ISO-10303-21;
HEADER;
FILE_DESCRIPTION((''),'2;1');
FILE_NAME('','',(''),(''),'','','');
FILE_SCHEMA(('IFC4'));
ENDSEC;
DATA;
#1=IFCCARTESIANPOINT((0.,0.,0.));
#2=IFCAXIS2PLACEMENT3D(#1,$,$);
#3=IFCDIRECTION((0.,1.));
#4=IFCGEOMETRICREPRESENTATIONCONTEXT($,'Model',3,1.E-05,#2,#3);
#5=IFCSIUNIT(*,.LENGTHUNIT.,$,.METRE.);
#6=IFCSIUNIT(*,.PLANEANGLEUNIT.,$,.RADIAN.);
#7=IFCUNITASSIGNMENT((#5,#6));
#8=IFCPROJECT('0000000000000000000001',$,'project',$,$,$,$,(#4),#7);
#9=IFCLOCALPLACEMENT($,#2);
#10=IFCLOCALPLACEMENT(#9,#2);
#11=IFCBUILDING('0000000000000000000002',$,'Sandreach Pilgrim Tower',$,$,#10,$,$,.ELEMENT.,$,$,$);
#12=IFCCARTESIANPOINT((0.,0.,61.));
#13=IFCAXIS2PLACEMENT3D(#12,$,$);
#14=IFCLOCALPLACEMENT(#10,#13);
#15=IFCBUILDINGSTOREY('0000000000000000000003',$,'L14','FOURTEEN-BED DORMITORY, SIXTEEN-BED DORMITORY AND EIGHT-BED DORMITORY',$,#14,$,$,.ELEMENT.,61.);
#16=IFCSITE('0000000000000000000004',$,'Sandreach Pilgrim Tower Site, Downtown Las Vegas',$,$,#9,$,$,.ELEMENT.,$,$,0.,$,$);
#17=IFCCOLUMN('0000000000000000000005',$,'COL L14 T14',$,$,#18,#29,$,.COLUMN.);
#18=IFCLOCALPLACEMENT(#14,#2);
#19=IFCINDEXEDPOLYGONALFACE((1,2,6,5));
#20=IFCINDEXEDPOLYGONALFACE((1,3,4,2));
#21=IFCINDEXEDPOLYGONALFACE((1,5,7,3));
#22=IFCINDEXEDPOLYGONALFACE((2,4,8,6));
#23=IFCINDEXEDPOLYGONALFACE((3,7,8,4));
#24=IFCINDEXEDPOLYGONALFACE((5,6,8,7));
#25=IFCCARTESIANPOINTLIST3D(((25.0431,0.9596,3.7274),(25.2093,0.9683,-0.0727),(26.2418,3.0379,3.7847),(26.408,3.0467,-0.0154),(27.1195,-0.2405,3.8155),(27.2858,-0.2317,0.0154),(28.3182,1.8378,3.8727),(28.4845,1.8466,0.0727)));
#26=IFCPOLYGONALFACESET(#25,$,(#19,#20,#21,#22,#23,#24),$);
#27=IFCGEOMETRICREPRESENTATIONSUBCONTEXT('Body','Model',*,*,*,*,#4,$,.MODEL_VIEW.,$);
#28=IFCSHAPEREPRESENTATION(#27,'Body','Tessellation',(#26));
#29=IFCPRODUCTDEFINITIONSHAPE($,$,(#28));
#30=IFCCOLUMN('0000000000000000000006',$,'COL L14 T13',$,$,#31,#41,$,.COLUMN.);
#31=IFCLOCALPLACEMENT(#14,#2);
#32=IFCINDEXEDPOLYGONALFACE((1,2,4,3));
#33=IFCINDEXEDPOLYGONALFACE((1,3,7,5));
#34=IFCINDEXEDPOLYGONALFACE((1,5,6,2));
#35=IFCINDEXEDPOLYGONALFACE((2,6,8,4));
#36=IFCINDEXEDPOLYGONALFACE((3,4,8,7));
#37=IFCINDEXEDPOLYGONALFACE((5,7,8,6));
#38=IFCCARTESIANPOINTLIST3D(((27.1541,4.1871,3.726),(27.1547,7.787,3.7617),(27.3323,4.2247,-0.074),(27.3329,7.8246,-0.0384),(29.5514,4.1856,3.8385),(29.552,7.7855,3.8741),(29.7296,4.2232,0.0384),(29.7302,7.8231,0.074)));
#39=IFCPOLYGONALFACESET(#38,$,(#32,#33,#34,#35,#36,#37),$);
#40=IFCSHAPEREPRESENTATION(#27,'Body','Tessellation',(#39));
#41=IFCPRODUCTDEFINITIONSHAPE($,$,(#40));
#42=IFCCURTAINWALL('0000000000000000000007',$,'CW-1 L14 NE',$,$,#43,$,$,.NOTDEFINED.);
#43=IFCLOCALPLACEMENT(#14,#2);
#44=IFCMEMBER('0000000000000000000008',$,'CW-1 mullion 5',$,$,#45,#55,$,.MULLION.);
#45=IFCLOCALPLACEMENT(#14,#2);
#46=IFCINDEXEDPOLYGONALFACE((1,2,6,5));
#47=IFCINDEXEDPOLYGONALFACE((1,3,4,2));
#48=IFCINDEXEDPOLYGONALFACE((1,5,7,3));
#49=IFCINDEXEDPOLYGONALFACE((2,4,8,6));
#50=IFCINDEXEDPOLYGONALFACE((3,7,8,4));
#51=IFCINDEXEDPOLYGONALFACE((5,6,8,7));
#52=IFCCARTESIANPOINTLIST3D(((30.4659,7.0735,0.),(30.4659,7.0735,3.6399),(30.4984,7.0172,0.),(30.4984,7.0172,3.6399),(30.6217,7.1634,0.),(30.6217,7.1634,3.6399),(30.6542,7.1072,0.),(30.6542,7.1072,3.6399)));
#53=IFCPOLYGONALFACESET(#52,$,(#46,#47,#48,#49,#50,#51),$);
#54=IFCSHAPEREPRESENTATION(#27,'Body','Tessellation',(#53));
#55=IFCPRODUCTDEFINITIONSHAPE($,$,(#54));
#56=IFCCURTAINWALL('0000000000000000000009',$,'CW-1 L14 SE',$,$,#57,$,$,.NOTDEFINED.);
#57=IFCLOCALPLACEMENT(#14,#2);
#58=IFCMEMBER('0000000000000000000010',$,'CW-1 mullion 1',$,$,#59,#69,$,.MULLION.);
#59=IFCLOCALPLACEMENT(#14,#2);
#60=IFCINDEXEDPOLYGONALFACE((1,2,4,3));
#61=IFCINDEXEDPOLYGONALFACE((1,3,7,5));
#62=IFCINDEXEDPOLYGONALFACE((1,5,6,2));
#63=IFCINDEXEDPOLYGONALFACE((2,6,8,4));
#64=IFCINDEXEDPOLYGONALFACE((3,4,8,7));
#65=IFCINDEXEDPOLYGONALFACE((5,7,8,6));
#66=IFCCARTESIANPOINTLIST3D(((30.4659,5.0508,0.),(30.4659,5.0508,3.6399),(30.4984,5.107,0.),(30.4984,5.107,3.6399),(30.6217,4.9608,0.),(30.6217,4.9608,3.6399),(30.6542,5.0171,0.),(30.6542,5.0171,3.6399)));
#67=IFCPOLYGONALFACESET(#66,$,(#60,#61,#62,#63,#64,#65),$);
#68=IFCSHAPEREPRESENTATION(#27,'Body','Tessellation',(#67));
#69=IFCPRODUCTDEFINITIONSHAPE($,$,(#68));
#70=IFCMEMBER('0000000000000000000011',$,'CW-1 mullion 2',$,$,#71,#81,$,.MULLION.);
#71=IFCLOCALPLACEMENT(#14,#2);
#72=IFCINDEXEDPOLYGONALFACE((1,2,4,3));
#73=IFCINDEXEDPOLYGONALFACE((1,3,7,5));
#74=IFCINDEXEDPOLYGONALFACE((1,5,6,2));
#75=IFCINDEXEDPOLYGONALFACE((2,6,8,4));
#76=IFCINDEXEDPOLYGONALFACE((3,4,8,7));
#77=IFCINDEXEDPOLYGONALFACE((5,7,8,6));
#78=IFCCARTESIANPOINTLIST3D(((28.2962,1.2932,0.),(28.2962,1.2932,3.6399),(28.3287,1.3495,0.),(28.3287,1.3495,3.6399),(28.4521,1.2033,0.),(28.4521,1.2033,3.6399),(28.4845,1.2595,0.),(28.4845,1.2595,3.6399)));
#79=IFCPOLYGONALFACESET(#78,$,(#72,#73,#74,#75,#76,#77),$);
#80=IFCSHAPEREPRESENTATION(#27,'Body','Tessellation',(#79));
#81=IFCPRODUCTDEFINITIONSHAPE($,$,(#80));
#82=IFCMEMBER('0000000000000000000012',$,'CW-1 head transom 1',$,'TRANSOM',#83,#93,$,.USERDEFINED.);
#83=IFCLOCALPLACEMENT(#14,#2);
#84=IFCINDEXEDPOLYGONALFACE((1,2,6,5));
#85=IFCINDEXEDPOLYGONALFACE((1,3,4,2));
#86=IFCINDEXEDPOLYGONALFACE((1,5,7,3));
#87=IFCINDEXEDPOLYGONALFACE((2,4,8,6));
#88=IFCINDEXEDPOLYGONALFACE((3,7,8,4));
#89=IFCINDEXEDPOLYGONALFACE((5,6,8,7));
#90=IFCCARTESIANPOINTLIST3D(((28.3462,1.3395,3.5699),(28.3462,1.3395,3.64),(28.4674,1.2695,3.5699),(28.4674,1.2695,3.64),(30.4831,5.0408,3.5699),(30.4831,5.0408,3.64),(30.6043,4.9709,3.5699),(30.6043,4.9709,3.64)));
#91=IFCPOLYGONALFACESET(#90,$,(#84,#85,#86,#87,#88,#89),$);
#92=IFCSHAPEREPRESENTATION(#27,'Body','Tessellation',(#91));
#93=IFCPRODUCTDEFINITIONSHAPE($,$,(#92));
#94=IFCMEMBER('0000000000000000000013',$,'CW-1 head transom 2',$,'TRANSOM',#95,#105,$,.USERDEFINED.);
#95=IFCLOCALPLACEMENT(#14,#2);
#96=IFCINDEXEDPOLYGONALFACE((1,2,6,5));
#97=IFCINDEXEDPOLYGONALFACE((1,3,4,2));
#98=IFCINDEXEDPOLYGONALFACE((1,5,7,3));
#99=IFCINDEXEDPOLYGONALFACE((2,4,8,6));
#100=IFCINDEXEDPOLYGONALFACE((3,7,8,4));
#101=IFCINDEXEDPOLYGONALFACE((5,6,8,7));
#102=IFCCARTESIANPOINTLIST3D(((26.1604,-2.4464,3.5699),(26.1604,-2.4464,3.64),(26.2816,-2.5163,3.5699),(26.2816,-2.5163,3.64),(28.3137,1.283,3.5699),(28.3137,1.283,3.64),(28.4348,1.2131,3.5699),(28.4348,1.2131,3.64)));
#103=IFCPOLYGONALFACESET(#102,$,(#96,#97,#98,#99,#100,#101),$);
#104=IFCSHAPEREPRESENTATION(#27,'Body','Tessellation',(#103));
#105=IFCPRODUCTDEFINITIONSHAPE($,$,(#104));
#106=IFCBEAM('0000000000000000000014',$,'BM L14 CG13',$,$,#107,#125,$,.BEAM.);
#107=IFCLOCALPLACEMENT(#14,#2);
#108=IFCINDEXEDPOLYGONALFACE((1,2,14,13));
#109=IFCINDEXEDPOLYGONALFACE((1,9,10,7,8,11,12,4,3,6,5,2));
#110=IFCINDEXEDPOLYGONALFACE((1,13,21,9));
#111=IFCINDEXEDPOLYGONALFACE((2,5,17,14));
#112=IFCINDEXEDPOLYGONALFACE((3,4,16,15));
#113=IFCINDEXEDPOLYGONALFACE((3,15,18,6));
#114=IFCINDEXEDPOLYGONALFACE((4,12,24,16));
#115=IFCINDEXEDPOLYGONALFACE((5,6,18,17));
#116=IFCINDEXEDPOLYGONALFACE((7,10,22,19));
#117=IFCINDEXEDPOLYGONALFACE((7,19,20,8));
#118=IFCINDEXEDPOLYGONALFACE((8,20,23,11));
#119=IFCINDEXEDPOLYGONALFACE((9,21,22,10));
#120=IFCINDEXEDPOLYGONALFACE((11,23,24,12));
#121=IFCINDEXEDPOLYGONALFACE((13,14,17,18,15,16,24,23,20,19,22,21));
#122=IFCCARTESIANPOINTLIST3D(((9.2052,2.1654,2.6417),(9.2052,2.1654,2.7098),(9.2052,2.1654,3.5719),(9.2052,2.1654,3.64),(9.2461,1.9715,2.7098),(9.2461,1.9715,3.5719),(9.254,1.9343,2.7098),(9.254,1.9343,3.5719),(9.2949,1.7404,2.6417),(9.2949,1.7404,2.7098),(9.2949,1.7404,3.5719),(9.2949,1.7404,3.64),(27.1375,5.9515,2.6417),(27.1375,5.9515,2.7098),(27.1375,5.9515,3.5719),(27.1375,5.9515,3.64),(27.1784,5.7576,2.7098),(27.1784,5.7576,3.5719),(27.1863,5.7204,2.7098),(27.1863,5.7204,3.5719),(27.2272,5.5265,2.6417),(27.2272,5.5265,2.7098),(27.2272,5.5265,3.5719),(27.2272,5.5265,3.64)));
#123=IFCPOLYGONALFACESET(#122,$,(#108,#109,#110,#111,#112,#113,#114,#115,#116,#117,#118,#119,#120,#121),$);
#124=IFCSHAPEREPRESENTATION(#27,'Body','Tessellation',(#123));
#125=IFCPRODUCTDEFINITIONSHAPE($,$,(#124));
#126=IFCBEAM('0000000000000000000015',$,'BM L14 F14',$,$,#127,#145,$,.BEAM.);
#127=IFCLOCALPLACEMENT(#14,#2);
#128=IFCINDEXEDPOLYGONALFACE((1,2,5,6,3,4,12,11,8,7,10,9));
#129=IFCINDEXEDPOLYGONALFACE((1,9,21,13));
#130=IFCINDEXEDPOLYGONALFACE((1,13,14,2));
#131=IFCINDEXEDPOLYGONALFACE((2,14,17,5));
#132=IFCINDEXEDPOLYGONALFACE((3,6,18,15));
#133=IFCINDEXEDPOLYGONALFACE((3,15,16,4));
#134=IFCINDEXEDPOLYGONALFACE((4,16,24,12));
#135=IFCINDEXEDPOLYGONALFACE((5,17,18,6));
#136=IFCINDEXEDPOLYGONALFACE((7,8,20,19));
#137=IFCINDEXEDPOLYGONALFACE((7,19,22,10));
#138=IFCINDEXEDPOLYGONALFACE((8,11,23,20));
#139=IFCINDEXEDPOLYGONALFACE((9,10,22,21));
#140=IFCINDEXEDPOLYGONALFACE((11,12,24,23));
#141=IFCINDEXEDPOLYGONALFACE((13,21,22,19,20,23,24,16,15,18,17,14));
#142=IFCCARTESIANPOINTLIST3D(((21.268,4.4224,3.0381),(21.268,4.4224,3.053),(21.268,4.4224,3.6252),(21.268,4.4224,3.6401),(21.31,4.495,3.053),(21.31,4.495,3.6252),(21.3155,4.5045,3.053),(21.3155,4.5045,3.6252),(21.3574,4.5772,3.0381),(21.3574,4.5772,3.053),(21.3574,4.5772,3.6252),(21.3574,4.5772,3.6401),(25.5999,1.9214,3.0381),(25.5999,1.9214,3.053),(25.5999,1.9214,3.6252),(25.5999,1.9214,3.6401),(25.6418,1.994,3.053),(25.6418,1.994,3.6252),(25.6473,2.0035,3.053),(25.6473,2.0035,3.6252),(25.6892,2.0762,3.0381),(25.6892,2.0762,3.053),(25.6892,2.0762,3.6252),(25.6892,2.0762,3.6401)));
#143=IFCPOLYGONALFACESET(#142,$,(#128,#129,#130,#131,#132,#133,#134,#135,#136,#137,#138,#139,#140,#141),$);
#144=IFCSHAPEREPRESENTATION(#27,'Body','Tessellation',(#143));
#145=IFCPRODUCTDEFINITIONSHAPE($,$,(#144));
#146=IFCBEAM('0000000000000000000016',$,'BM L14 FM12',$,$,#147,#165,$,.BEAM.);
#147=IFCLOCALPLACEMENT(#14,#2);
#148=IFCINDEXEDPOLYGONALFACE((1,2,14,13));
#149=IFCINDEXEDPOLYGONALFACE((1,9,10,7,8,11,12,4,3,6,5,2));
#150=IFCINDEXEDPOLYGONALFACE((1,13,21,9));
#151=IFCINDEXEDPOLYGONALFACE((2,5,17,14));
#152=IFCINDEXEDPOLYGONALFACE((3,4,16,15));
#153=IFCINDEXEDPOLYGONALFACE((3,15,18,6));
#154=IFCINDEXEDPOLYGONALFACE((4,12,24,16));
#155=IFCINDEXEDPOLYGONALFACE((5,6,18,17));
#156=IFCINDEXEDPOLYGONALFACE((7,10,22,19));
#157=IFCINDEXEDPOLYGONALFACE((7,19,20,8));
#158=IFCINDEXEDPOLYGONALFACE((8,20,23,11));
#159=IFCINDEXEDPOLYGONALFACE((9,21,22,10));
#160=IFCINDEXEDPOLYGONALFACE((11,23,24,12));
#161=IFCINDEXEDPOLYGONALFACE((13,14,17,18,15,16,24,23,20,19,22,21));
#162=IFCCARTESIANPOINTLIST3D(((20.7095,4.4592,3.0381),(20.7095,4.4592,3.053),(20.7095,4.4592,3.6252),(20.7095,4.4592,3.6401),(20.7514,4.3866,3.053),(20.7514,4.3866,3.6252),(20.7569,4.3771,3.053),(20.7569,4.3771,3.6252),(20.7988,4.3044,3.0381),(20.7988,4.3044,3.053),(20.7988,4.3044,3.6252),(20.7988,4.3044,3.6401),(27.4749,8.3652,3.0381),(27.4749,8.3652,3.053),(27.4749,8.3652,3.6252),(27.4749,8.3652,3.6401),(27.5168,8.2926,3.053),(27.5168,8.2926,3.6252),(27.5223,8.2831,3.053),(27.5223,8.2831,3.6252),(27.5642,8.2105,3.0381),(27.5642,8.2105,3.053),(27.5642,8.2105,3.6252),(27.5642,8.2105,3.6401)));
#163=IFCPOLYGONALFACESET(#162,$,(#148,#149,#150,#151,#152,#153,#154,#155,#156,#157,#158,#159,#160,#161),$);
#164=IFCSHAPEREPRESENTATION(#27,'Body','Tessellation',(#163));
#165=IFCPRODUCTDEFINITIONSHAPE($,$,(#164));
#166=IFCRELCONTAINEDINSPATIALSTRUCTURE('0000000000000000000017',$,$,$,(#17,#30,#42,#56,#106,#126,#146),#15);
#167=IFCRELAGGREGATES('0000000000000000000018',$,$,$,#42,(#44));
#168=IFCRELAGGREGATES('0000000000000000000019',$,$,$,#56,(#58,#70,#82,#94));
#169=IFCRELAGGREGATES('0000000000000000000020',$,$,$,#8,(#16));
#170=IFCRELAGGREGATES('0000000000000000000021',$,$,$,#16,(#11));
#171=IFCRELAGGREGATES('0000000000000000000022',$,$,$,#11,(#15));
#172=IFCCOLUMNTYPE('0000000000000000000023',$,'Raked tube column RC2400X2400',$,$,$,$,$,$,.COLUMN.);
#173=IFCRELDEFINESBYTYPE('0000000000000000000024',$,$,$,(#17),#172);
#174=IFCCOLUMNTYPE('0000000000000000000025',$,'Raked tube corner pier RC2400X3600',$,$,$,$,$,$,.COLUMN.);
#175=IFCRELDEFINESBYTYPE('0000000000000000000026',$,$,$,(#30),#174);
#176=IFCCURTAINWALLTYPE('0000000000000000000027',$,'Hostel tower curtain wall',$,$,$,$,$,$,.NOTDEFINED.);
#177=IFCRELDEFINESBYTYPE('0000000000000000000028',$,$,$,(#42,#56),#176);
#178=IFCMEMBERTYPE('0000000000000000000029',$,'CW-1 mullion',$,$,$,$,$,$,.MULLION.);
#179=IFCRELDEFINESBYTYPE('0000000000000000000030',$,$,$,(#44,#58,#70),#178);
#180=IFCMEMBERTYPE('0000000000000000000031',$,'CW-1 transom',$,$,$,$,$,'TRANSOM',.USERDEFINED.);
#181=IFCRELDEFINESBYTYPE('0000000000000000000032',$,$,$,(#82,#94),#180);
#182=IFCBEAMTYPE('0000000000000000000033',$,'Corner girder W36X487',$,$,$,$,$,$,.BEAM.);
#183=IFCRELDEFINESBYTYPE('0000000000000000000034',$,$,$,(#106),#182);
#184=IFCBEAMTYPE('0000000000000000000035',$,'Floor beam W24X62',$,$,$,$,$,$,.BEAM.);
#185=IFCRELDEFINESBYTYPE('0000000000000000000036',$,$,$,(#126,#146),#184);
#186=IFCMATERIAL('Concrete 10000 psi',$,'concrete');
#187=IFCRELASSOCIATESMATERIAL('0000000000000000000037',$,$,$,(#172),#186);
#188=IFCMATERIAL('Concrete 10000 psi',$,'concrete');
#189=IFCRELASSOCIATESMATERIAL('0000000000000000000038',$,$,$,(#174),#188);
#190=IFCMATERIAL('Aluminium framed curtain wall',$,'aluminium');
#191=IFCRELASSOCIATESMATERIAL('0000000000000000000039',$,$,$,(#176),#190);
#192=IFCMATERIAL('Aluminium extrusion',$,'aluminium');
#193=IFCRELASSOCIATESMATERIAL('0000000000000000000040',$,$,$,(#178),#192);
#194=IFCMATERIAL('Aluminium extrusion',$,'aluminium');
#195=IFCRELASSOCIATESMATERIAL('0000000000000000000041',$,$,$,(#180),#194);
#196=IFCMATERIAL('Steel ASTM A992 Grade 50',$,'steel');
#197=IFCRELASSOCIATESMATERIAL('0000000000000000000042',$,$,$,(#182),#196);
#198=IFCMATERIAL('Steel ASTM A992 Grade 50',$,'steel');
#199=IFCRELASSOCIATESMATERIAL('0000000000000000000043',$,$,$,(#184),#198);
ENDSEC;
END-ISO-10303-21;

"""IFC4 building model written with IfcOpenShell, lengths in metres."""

from ifc_helpers import new_model, si_unit, direction, frame, origin, origin_2d, place, context, subcontext, project, spatial, rectangle, i_section, extrude, material, material_profile, profile_set, type_object, element, aggregate, save


model = new_model("IFC4")

# Units and contexts
model_context = context("Model", 3, precision=1e-05, world=origin(), true_north=direction((0.0, 1.0)))
body_context = subcontext(model_context, "Body", "Model", "MODEL_VIEW")
ifc_project = project(units=[si_unit("LENGTHUNIT", "METRE"), si_unit("PLANEANGLEUNIT", "RADIAN")], contexts=[model_context])

# Site, building, storey
site_placement = place(None, origin())
site = spatial("IfcSite", under=ifc_project, at=site_placement, Name="Sandreach Pilgrim Tower Site, Downtown Las Vegas", CompositionType="ELEMENT", RefElevation=0.0)
building_placement = place(site_placement, origin())
building = spatial("IfcBuilding", under=site, at=building_placement, Name="Sandreach Pilgrim Tower", CompositionType="ELEMENT")
storey_placement = place(building_placement, frame((0.0, 0.0, 61.0)))
storey = spatial("IfcBuildingStorey", under=building, at=storey_placement, Name="L14", Description="FOURTEEN-BED DORMITORY, SIXTEEN-BED DORMITORY AND EIGHT-BED DORMITORY", CompositionType="ELEMENT", Elevation=61.0)

# Columns
ifc_material_1 = material(Name="Concrete 10000 psi", Category="concrete")
ifc_material_profile_1 = material_profile(ifc_material_1, rectangle(XDim=2.3999, YDim=2.3999, at=origin_2d()), Name="RC2400X2400")
ifc_profile_set_1 = profile_set([ifc_material_profile_1], Name="Concrete 10000 psi")
column_type_1 = type_object("IfcColumnType", Name="Raked tube column RC2400X2400", PredefinedType="COLUMN", material=ifc_profile_set_1)
column_1_placement = place(storey_placement, frame((26.8469, 1.4075, 0.0), z_axis=(-0.04371, -0.002311, 0.999042), x_axis=(0.865224, -0.500041, 0.036699)))
element("IfcColumn", 1, at=column_1_placement, inside=storey, type_object=column_type_1, Name="COL L14 T14", PredefinedType="COLUMN", context=body_context, shape_type="SweptSolid", body=[
    extrude(rectangle(XDim=2.3999, YDim=2.3999, at=origin_2d()), origin(), (0.0, 0.0, 1.0), 3.8037),
])
ifc_material_2 = material(Name="Concrete 10000 psi", Category="concrete")
ifc_material_profile_2 = material_profile(ifc_material_2, rectangle(XDim=2.3999, YDim=3.6001, at=origin_2d()), Name="RC2400X3600")
ifc_profile_set_2 = profile_set([ifc_material_profile_2], Name="Concrete 10000 psi")
column_type_2 = type_object("IfcColumnType", Name="Raked tube corner pier RC2400X3600", PredefinedType="COLUMN", material=ifc_profile_set_2)
column_2_placement = place(storey_placement, frame((28.5312, 6.0239, 0.0), z_axis=(-0.046846, -0.009883, 0.998853), x_axis=(0.998902, -0.00063, 0.046842)))
element("IfcColumn", 2, at=column_2_placement, inside=storey, type_object=column_type_2, Name="COL L14 T13", PredefinedType="COLUMN", context=body_context, shape_type="SweptSolid", body=[
    extrude(rectangle(XDim=2.3999, YDim=3.6001, at=origin_2d()), origin(), (0.0, 0.0, 1.0), 3.8044),
])

# Curtain wall, member
ifc_material_3 = material(Name="Aluminium framed curtain wall", Category="aluminium")
curtain_wall_type = type_object("IfcCurtainWallType", Name="Hostel tower curtain wall", PredefinedType="NOTDEFINED", material=ifc_material_3)
curtain_wall_1_placement = place(storey_placement, origin())
curtain_wall_1 = element("IfcCurtainWall", 3, at=curtain_wall_1_placement, inside=storey, type_object=curtain_wall_type, Name="CW-1 L14 NE", PredefinedType="NOTDEFINED")
ifc_material_4 = material(Name="Aluminium extrusion", Category="aluminium")
ifc_material_profile_3 = material_profile(ifc_material_4, rectangle(XDim=0.0649, YDim=0.1799, at=origin_2d()), Name="CW-1M 65X180")
ifc_profile_set_3 = profile_set([ifc_material_profile_3], Name="Aluminium extrusion")
member_type_1 = type_object("IfcMemberType", Name="CW-1 mullion", PredefinedType="MULLION", material=ifc_profile_set_3)
member_1_placement = place(storey_placement, frame((30.5601, 7.0903, 0.0), z_axis=(0.0, 0.0, 1.0), x_axis=(0.5, -0.866025, 0.0)))
member_1 = element("IfcMember", 4, at=member_1_placement, type_object=member_type_1, Name="CW-1 mullion 5", PredefinedType="MULLION", context=body_context, shape_type="SweptSolid", body=[
    extrude(rectangle(XDim=0.0649, YDim=0.1799, at=origin_2d()), origin(), (0.0, 0.0, 1.0), 3.6399),
])

# Curtain wall, members
curtain_wall_2_placement = place(storey_placement, origin())
curtain_wall_2 = element("IfcCurtainWall", 5, at=curtain_wall_2_placement, inside=storey, type_object=curtain_wall_type, Name="CW-1 L14 SE", PredefinedType="NOTDEFINED")
member_2_placement = place(storey_placement, frame((30.5601, 5.0339, 0.0), z_axis=(0.0, 0.0, 1.0), x_axis=(-0.5, -0.866025, 0.0)))
member_2 = element("IfcMember", 6, at=member_2_placement, type_object=member_type_1, Name="CW-1 mullion 1", PredefinedType="MULLION", context=body_context, shape_type="SweptSolid", body=[
    extrude(rectangle(XDim=0.0649, YDim=0.1799, at=origin_2d()), origin(), (0.0, 0.0, 1.0), 3.6399),
])
member_3_placement = place(storey_placement, frame((28.3904, 1.2764, 0.0), z_axis=(0.0, 0.0, 1.0), x_axis=(-0.5, -0.866025, 0.0)))
member_3 = element("IfcMember", 7, at=member_3_placement, type_object=member_type_1, Name="CW-1 mullion 2", PredefinedType="MULLION", context=body_context, shape_type="SweptSolid", body=[
    extrude(rectangle(XDim=0.0649, YDim=0.1799, at=origin_2d()), origin(), (0.0, 0.0, 1.0), 3.6399),
])
ifc_material_5 = material(Name="Aluminium extrusion", Category="aluminium")
ifc_material_profile_4 = material_profile(ifc_material_5, rectangle(XDim=0.1399, YDim=0.0701, at=origin_2d()), Name="CW-1T 140X70")
ifc_profile_set_4 = profile_set([ifc_material_profile_4], Name="Aluminium extrusion")
member_type_2 = type_object("IfcMemberType", Name="CW-1 transom", ElementType="TRANSOM", PredefinedType="USERDEFINED", material=ifc_profile_set_4)
member_4_placement = place(storey_placement, frame((30.5437, 5.0059, 3.605), z_axis=(-0.499991, -0.866031, 0.0), x_axis=(0.866031, -0.499991, 0.0)))
member_4 = element("IfcMember", 8, at=member_4_placement, type_object=member_type_2, Name="CW-1 head transom 1", ObjectType="TRANSOM", PredefinedType="USERDEFINED", context=body_context, shape_type="SweptSolid", body=[
    extrude(rectangle(XDim=0.1399, YDim=0.0701, at=origin_2d()), origin(), (0.0, 0.0, 1.0), 4.2739),
])
member_5_placement = place(storey_placement, frame((28.3743, 1.248, 3.605), z_axis=(-0.500017, -0.866016, 0.0), x_axis=(0.866016, -0.500017, 0.0)))
member_5 = element("IfcMember", 9, at=member_5_placement, type_object=member_type_2, Name="CW-1 head transom 2", ObjectType="TRANSOM", PredefinedType="USERDEFINED", context=body_context, shape_type="SweptSolid", body=[
    extrude(rectangle(XDim=0.1399, YDim=0.0701, at=origin_2d()), origin(), (0.0, 0.0, 1.0), 4.3064),
])

# Beams
ifc_material_6 = material(Name="Steel ASTM A992 Grade 50", Category="steel")
ifc_material_profile_5 = material_profile(ifc_material_6, i_section(OverallWidth=0.4343, OverallDepth=0.9983, WebThickness=0.0381, FlangeThickness=0.0681, at=origin_2d()), Name="W36X487")
ifc_profile_set_5 = profile_set([ifc_material_profile_5], Name="Steel ASTM A992 Grade 50")
beam_type_1 = type_object("IfcBeamType", Name="Corner girder W36X487", PredefinedType="BEAM", material=ifc_profile_set_5)
beam_1_placement = place(storey_placement, frame((27.1824, 5.739, 3.1409), z_axis=(-0.97843, -0.20658, 0.0), x_axis=(0.20658, -0.97843, 0.0)))
element("IfcBeam", 10, at=beam_1_placement, inside=storey, type_object=beam_type_1, Name="BM L14 CG13", PredefinedType="BEAM", context=body_context, shape_type="SweptSolid", body=[
    extrude(i_section(OverallWidth=0.4343, OverallDepth=0.9983, WebThickness=0.0381, FlangeThickness=0.0681, at=origin_2d()), origin(), (0.0, 0.0, 1.0), 18.3276),
])
ifc_material_7 = material(Name="Steel ASTM A992 Grade 50", Category="steel")
ifc_material_profile_6 = material_profile(ifc_material_7, i_section(OverallWidth=0.1787, OverallDepth=0.6021, WebThickness=0.011, FlangeThickness=0.0149, at=origin_2d()), Name="W24X62")
ifc_profile_set_6 = profile_set([ifc_material_profile_6], Name="Steel ASTM A992 Grade 50")
beam_type_2 = type_object("IfcBeamType", Name="Floor beam W24X62", PredefinedType="BEAM", material=ifc_profile_set_6)
beam_2_placement = place(storey_placement, frame((25.6445, 1.9988, 3.3391), z_axis=(-0.866024, 0.500003, 0.0), x_axis=(-0.500003, -0.866024, 0.0)))
element("IfcBeam", 11, at=beam_2_placement, inside=storey, type_object=beam_type_2, Name="BM L14 F14", PredefinedType="BEAM", context=body_context, shape_type="SweptSolid", body=[
    extrude(i_section(OverallWidth=0.1787, OverallDepth=0.6021, WebThickness=0.011, FlangeThickness=0.0149, at=origin_2d()), origin(), (0.0, 0.0, 1.0), 5.002),
])
beam_3_placement = place(storey_placement, frame((27.5195, 8.2878, 3.3391), z_axis=(-0.866025, -0.500001, 0.0), x_axis=(0.500001, -0.866025, 0.0)))
element("IfcBeam", 12, at=beam_3_placement, inside=storey, type_object=beam_type_2, Name="BM L14 FM12", PredefinedType="BEAM", context=body_context, shape_type="SweptSolid", body=[
    extrude(i_section(OverallWidth=0.1787, OverallDepth=0.6021, WebThickness=0.011, FlangeThickness=0.0149, at=origin_2d()), origin(), (0.0, 0.0, 1.0), 7.812),
])

aggregate(curtain_wall_1, [member_1])
aggregate(curtain_wall_2, [member_2, member_3, member_4, member_5])

save(model, "model.ifc")
